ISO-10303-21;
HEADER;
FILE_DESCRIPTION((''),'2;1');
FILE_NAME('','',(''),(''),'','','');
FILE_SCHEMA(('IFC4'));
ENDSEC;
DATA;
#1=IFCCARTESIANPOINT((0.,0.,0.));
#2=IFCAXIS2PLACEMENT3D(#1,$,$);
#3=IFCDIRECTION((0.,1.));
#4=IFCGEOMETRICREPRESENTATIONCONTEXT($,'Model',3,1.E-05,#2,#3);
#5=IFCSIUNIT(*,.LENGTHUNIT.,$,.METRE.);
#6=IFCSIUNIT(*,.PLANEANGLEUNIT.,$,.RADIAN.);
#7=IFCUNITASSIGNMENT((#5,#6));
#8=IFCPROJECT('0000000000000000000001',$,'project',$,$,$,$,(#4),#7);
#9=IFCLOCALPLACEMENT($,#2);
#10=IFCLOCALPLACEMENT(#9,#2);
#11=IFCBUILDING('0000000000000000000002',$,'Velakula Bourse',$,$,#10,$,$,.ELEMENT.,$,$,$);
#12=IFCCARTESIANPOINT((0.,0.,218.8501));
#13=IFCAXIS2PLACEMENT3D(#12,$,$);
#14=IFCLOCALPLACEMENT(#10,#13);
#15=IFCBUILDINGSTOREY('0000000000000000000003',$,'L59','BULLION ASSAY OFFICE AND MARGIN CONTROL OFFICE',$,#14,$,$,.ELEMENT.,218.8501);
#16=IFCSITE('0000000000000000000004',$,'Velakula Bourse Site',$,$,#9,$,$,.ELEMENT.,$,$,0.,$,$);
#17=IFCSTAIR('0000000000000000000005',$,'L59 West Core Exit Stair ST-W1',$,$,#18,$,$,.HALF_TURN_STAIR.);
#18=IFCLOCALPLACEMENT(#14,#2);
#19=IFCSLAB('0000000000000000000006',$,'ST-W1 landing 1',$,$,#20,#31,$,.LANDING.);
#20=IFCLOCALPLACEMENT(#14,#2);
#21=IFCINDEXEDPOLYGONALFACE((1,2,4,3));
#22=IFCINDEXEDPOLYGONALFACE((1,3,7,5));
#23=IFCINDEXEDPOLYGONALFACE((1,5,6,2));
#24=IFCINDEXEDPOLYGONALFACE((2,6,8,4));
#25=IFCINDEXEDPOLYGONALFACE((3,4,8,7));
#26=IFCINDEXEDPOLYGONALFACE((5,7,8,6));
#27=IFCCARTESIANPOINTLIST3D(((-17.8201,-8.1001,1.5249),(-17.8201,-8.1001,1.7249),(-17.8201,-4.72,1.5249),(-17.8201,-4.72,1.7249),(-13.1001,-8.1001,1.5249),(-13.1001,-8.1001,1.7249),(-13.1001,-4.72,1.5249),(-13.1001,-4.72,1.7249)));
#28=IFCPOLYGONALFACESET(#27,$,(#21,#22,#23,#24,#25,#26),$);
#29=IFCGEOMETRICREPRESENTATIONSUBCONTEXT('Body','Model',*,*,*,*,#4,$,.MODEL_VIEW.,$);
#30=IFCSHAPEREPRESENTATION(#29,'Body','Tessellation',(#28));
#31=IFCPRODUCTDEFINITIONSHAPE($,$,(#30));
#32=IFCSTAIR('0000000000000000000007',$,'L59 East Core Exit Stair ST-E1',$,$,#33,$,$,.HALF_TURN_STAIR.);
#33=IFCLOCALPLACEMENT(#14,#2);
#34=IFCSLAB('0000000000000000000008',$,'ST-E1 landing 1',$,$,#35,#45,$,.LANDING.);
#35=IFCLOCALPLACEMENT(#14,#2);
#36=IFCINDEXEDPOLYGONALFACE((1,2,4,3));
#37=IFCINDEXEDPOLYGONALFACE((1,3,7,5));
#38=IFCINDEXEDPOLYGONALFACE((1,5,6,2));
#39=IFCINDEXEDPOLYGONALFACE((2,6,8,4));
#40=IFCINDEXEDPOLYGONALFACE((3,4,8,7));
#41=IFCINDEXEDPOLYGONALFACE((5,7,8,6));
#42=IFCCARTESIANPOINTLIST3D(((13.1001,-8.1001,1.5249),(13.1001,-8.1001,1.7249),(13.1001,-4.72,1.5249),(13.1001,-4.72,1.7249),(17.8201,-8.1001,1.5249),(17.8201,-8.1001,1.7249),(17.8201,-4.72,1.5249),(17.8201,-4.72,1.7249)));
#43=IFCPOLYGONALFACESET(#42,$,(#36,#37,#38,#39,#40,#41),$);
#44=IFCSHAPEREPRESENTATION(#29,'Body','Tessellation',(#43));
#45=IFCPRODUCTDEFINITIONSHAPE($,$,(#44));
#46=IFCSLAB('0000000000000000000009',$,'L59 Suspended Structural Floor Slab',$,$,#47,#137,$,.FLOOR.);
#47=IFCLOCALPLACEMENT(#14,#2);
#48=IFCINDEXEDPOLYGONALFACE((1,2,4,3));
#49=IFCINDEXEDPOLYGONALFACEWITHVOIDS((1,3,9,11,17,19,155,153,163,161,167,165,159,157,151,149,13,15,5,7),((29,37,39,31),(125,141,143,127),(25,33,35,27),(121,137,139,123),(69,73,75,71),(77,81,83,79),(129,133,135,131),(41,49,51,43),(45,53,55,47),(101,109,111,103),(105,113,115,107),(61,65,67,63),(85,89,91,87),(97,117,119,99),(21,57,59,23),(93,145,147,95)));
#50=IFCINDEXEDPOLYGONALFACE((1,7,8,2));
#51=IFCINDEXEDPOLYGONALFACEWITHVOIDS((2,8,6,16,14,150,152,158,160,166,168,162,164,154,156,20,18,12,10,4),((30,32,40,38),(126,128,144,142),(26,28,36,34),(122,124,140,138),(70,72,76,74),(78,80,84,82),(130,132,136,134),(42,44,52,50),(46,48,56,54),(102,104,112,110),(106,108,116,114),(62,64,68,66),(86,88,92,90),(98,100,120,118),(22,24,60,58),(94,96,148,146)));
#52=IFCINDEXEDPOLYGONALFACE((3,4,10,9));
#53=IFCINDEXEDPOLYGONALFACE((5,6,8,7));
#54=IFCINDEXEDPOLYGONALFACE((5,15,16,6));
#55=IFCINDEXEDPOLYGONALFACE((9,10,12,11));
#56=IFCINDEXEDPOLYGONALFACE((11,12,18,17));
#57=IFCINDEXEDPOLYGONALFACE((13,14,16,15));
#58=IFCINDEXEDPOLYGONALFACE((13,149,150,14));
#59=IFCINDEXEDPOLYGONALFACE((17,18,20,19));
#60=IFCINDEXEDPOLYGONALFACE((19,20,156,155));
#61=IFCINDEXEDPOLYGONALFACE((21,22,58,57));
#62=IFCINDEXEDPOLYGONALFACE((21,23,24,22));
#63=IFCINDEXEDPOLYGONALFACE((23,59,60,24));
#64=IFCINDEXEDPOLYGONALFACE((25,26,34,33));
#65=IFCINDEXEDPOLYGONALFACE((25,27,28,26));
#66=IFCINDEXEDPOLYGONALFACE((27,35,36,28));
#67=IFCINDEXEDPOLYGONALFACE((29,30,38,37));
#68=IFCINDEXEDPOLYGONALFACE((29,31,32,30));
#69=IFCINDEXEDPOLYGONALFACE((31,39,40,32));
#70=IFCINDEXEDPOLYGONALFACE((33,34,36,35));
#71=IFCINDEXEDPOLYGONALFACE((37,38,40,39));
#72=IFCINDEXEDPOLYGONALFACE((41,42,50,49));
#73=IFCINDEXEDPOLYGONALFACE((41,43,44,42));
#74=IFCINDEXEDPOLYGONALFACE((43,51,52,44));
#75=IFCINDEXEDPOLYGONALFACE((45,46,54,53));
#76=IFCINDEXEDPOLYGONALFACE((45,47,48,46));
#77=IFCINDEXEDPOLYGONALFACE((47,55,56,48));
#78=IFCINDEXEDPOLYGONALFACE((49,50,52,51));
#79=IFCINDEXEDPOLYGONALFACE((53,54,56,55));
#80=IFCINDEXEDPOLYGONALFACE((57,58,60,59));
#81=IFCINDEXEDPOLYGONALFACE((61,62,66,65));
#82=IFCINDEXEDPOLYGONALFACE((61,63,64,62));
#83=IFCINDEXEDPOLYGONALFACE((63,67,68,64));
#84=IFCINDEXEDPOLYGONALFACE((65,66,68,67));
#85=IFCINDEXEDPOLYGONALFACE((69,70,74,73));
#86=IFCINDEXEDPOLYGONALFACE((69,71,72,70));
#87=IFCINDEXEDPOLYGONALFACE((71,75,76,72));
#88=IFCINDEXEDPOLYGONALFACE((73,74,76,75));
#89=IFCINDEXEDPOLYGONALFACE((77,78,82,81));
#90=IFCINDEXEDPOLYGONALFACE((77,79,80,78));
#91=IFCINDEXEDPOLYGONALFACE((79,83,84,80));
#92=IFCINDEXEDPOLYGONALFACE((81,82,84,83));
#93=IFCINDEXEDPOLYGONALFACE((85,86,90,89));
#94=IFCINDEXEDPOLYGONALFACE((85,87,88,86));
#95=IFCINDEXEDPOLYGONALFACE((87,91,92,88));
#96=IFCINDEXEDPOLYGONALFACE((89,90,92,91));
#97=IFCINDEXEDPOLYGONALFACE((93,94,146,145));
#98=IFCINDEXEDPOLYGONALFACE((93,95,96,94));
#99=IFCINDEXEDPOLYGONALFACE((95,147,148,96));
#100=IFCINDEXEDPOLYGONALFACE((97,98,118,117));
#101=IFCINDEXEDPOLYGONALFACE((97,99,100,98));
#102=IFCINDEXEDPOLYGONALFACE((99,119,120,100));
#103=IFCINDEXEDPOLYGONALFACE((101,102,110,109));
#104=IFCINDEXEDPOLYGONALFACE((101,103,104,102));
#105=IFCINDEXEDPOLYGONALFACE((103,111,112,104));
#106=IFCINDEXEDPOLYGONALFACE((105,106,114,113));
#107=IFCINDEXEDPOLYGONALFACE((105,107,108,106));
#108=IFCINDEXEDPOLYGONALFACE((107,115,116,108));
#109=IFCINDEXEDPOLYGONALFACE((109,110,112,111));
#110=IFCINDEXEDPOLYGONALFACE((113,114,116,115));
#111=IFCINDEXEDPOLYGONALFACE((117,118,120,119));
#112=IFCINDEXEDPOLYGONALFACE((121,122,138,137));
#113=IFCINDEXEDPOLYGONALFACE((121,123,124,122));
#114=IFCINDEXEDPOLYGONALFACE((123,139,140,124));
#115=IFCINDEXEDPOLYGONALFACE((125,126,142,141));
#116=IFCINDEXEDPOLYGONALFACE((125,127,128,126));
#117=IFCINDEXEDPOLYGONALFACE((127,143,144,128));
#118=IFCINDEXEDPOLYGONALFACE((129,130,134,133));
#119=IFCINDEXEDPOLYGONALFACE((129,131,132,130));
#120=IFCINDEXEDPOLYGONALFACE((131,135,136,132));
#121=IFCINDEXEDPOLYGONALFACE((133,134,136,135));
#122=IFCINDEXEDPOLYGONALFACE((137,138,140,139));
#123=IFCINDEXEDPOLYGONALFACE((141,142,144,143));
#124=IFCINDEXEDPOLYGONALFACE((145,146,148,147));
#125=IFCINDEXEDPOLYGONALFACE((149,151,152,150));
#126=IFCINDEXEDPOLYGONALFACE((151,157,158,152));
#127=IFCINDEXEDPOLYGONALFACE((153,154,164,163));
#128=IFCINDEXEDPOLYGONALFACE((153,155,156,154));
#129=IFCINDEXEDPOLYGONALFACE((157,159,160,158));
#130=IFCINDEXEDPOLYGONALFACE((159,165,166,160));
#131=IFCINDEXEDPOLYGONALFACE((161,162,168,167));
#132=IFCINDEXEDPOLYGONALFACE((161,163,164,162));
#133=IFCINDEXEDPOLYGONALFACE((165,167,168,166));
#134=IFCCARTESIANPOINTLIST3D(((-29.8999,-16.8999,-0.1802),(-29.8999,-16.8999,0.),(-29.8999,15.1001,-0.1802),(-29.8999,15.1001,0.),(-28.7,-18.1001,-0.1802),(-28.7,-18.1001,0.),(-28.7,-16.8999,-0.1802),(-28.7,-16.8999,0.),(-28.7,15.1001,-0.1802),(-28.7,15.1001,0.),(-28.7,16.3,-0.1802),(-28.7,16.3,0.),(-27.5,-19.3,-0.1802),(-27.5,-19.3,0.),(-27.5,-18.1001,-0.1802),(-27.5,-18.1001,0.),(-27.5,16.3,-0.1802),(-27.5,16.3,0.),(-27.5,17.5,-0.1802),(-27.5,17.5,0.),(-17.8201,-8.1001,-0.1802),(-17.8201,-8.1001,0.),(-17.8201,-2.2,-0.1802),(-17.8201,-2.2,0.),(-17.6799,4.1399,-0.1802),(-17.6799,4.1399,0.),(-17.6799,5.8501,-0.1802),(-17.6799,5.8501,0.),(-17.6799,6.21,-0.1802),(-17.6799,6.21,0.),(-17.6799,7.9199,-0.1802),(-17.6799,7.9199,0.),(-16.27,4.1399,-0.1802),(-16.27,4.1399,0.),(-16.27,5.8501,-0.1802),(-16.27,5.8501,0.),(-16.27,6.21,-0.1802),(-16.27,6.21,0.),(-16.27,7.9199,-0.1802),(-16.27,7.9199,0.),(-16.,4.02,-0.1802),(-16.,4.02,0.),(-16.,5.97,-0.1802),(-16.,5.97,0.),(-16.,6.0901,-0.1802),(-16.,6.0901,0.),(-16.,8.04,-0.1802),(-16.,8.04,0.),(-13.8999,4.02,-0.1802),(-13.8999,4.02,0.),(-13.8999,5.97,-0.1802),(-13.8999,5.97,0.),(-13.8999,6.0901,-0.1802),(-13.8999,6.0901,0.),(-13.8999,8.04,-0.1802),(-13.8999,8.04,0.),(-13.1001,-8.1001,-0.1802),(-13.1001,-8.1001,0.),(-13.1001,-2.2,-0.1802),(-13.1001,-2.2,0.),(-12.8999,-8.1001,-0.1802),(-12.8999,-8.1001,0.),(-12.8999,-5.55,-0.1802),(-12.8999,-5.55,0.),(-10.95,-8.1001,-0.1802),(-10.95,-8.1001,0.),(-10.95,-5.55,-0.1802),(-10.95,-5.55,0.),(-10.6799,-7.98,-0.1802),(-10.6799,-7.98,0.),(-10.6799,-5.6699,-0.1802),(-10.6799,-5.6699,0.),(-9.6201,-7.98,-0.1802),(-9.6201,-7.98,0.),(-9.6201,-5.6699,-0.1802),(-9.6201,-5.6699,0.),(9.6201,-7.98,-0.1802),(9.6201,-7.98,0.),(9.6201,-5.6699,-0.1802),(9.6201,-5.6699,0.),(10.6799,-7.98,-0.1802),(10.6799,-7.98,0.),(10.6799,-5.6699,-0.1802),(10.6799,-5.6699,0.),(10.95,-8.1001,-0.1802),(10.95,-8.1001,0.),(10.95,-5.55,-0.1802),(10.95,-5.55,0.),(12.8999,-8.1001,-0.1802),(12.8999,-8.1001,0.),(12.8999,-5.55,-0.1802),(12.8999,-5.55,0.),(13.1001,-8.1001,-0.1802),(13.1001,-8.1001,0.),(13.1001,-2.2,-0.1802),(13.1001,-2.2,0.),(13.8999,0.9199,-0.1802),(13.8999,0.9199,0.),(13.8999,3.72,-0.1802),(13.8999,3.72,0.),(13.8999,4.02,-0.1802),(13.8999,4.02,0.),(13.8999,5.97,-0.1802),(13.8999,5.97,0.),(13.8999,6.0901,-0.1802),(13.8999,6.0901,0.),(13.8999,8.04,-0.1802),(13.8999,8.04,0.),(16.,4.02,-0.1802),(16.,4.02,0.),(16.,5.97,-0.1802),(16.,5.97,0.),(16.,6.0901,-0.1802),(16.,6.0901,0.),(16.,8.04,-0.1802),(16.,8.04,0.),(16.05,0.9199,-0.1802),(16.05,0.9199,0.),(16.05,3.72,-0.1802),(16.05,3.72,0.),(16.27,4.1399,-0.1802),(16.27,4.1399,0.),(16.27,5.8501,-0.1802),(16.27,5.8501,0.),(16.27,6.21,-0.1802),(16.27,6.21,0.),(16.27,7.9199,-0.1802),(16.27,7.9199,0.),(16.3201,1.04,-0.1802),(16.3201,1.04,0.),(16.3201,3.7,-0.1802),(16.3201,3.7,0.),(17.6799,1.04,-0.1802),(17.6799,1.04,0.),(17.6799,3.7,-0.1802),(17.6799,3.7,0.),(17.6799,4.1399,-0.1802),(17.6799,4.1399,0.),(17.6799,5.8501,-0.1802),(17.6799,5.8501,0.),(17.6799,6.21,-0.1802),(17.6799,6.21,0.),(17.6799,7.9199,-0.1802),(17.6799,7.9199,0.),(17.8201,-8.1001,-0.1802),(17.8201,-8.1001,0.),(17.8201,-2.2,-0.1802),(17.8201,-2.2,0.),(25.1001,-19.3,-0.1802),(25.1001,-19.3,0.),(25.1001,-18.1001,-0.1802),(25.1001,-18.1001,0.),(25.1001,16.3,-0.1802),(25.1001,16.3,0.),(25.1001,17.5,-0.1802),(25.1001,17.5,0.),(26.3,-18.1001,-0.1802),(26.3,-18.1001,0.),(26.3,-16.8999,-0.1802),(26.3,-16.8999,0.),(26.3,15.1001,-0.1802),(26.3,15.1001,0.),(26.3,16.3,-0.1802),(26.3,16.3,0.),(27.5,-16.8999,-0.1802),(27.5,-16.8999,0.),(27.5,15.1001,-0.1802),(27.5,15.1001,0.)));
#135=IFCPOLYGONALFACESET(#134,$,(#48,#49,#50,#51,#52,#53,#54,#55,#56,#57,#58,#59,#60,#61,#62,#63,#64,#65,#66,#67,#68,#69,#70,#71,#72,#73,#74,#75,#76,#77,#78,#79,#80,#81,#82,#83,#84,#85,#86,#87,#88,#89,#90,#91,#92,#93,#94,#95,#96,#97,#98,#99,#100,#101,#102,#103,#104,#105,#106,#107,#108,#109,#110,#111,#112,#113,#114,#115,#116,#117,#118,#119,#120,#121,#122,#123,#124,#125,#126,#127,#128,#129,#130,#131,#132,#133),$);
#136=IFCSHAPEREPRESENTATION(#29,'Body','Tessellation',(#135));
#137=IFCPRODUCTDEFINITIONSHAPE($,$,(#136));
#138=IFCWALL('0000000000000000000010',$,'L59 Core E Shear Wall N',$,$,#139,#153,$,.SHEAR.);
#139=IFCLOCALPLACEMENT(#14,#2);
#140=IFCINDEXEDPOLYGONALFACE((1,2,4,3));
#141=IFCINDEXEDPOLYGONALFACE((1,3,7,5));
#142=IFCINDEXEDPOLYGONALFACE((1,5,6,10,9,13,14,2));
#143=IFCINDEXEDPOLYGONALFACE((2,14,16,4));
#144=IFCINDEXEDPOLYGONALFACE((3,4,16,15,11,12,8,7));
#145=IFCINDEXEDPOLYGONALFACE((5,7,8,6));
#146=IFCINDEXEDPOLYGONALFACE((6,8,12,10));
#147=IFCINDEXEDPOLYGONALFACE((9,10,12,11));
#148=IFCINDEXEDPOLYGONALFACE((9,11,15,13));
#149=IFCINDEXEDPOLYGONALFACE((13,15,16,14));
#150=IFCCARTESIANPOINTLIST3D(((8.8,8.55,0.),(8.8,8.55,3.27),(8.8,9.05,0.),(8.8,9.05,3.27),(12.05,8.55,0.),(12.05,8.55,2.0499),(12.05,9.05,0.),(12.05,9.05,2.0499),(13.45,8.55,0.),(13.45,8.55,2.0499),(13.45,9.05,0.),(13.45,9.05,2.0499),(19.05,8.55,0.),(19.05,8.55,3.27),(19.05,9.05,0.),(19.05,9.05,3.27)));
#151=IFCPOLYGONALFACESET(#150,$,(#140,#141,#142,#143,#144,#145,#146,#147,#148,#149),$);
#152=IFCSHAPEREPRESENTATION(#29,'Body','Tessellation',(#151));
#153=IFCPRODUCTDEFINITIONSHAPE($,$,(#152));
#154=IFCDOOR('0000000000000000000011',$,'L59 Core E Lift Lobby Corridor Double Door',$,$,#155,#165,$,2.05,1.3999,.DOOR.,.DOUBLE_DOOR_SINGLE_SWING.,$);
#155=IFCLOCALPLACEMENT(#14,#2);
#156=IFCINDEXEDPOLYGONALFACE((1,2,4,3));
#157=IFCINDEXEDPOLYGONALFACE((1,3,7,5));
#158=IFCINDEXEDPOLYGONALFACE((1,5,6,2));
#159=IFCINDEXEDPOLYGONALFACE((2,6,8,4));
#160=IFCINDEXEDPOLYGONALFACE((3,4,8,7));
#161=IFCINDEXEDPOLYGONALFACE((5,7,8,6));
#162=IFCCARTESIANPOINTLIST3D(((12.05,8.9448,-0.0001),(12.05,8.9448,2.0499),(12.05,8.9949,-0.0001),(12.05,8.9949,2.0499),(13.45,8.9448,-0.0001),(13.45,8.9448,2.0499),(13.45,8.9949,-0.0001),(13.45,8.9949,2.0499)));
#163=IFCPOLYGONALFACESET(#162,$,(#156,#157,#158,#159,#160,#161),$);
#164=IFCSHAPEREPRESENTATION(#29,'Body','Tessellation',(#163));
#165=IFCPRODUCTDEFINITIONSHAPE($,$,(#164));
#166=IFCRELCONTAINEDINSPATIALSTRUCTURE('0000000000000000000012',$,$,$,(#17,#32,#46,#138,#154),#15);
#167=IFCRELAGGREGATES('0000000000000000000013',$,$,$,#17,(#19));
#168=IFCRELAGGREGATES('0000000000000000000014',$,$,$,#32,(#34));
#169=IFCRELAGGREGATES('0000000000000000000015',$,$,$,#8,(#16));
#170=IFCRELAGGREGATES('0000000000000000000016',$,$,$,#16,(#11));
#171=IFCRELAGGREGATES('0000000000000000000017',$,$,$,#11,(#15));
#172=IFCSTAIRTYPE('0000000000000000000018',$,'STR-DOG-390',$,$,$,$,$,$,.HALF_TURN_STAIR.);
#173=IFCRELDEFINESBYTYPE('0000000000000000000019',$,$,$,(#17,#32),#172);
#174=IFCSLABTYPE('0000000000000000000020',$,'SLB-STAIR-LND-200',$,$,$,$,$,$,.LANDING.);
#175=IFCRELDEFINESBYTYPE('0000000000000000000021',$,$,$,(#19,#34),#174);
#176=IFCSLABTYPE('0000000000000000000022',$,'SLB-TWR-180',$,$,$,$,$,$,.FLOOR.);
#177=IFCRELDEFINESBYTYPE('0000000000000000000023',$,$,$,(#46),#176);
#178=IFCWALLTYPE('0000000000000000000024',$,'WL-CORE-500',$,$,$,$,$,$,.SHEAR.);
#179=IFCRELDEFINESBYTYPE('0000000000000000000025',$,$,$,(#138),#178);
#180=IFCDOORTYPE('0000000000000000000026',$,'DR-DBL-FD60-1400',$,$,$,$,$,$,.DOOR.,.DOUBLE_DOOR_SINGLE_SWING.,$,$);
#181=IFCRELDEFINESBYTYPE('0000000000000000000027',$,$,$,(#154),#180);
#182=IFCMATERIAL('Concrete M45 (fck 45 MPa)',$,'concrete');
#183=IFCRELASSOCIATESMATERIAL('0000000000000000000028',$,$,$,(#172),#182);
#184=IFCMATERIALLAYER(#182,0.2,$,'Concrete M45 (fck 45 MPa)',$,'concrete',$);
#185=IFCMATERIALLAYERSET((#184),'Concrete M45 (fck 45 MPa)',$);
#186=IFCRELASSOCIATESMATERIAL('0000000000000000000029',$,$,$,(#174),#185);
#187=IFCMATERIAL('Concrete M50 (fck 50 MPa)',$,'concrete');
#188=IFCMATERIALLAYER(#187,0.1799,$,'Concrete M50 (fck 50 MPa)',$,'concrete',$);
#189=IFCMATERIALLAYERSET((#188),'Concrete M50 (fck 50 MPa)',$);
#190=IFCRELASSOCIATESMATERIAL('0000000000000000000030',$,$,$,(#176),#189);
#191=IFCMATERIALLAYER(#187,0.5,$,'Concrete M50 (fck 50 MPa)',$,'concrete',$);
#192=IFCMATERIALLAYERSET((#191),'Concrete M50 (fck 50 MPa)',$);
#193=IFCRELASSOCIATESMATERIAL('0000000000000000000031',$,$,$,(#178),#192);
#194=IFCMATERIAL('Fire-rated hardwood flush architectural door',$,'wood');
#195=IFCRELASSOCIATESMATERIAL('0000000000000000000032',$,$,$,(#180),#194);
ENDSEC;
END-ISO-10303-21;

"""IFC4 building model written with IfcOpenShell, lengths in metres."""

from ifc_helpers import new_model, si_unit, direction, frame, frame_2d, origin, place, context, subcontext, project, spatial, polyline, rectangle, outline, extrude, material, layer, layer_set, type_object, element, fill, aggregate, save


model = new_model("IFC4")

# Units and contexts
model_context = context("Model", 3, precision=1e-05, world=origin(), true_north=direction((0.0, 1.0)))
body_context = subcontext(model_context, "Body", "Model", "MODEL_VIEW")
ifc_project = project(units=[si_unit("LENGTHUNIT", "METRE"), si_unit("PLANEANGLEUNIT", "RADIAN")], contexts=[model_context])

# Site, building, storey
site_placement = place(None, origin())
site = spatial("IfcSite", under=ifc_project, at=site_placement, Name="Velakula Bourse Site", CompositionType="ELEMENT", RefElevation=0.0)
building_placement = place(site_placement, origin())
building = spatial("IfcBuilding", under=site, at=building_placement, Name="Velakula Bourse", CompositionType="ELEMENT")
storey_placement = place(building_placement, frame((0.0, 0.0, 218.8501)))
storey = spatial("IfcBuildingStorey", under=building, at=storey_placement, Name="L59", Description="BULLION ASSAY OFFICE AND MARGIN CONTROL OFFICE", CompositionType="ELEMENT", Elevation=218.8501)

# Shared definitions
ifc_material_1 = material(Name="Concrete M50 (fck 50 MPa)", Category="concrete")

# Stairs, slabs
ifc_material_2 = material(Name="Concrete M45 (fck 45 MPa)", Category="concrete")
stair_type = type_object("IfcStairType", Name="STR-DOG-390", PredefinedType="HALF_TURN_STAIR", material=ifc_material_2)
stair_1_placement = place(storey_placement, origin())
stair_1 = element("IfcStair", 1, at=stair_1_placement, inside=storey, type_object=stair_type, Name="L59 West Core Exit Stair ST-W1", PredefinedType="HALF_TURN_STAIR")
ifc_layer_1 = layer(ifc_material_2, 0.2, Name="Concrete M45 (fck 45 MPa)", Category="concrete")
ifc_layer_set_1 = layer_set([ifc_layer_1], Name="Concrete M45 (fck 45 MPa)")
slab_type_1 = type_object("IfcSlabType", Name="SLB-STAIR-LND-200", PredefinedType="LANDING", material=ifc_layer_set_1)
slab_1_placement = place(storey_placement, frame((0.0, 0.0, 1.5249)))
slab_1 = element("IfcSlab", 2, at=slab_1_placement, type_object=slab_type_1, Name="ST-W1 landing 1", PredefinedType="LANDING", context=body_context, shape_type="SweptSolid", body=[
    extrude(outline(polyline([(-17.8201, -4.72), (-17.8201, -8.1001), (-13.1001, -8.1001), (-13.1001, -4.72), (-17.8201, -4.72)])), origin(), (0.0, 0.0, 1.0), 0.2),
])
aggregate(stair_1, [slab_1])
stair_2_placement = place(storey_placement, origin())
stair_2 = element("IfcStair", 3, at=stair_2_placement, inside=storey, type_object=stair_type, Name="L59 East Core Exit Stair ST-E1", PredefinedType="HALF_TURN_STAIR")
slab_2_placement = place(storey_placement, frame((0.0, 0.0, 1.5249)))
slab_2 = element("IfcSlab", 4, at=slab_2_placement, type_object=slab_type_1, Name="ST-E1 landing 1", PredefinedType="LANDING", context=body_context, shape_type="SweptSolid", body=[
    extrude(outline(polyline([(13.1001, -4.72), (13.1001, -8.1001), (17.8201, -8.1001), (17.8201, -4.72), (13.1001, -4.72)])), origin(), (0.0, 0.0, 1.0), 0.2),
])
aggregate(stair_2, [slab_2])

# Slab
ifc_layer_2 = layer(ifc_material_1, 0.1799, Name="Concrete M50 (fck 50 MPa)", Category="concrete")
ifc_layer_set_2 = layer_set([ifc_layer_2], Name="Concrete M50 (fck 50 MPa)")
slab_type_2 = type_object("IfcSlabType", Name="SLB-TWR-180", PredefinedType="FLOOR", material=ifc_layer_set_2)
slab_3_placement = place(storey_placement, frame((0.0, 0.0, -0.1802)))
element("IfcSlab", 5, at=slab_3_placement, inside=storey, type_object=slab_type_2, Name="L59 Suspended Structural Floor Slab", PredefinedType="FLOOR", context=body_context, shape_type="SweptSolid", body=[
    extrude(outline(polyline([(-27.5, -19.3), (25.1001, -19.3), (25.1001, -18.1001), (26.3, -18.1001), (26.3, -16.8999), (27.5, -16.8999), (27.5, 15.1001), (26.3, 15.1001), (26.3, 16.3), (25.1001, 16.3), (25.1001, 17.5), (-27.5, 17.5), (-27.5, 16.3), (-28.7, 16.3), (-28.7, 15.1001), (-29.8999, 15.1001), (-29.8999, -16.8999), (-28.7, -16.8999), (-28.7, -18.1001), (-27.5, -18.1001), (-27.5, -19.3)]), holes=[polyline([(-17.8201, -8.1001), (-13.1001, -8.1001), (-13.1001, -2.2), (-17.8201, -2.2), (-17.8201, -8.1001)]), polyline([(13.1001, -8.1001), (17.8201, -8.1001), (17.8201, -2.2), (13.1001, -2.2), (13.1001, -8.1001)]), polyline([(-12.8999, -8.1001), (-10.95, -8.1001), (-10.95, -5.55), (-12.8999, -5.55), (-12.8999, -8.1001)]), polyline([(10.95, -8.1001), (12.8999, -8.1001), (12.8999, -5.55), (10.95, -5.55), (10.95, -8.1001)]), polyline([(13.8999, 0.9199), (16.05, 0.9199), (16.05, 3.72), (13.8999, 3.72), (13.8999, 0.9199)]), polyline([(-10.6799, -7.98), (-9.6201, -7.98), (-9.6201, -5.6699), (-10.6799, -5.6699), (-10.6799, -7.98)]), polyline([(-17.6799, 4.1399), (-16.27, 4.1399), (-16.27, 5.8501), (-17.6799, 5.8501), (-17.6799, 4.1399)]), polyline([(-17.6799, 6.21), (-16.27, 6.21), (-16.27, 7.9199), (-17.6799, 7.9199), (-17.6799, 6.21)]), polyline([(9.6201, -7.98), (10.6799, -7.98), (10.6799, -5.6699), (9.6201, -5.6699), (9.6201, -7.98)]), polyline([(16.27, 4.1399), (17.6799, 4.1399), (17.6799, 5.8501), (16.27, 5.8501), (16.27, 4.1399)]), polyline([(16.27, 6.21), (17.6799, 6.21), (17.6799, 7.9199), (16.27, 7.9199), (16.27, 6.21)]), polyline([(16.3201, 1.04), (17.6799, 1.04), (17.6799, 3.7), (16.3201, 3.7), (16.3201, 1.04)]), polyline([(-16.0, 4.02), (-13.8999, 4.02), (-13.8999, 5.97), (-16.0, 5.97), (-16.0, 4.02)]), polyline([(-16.0, 6.0901), (-13.8999, 6.0901), (-13.8999, 8.04), (-16.0, 8.04), (-16.0, 6.0901)]), polyline([(13.8999, 4.02), (16.0, 4.02), (16.0, 5.97), (13.8999, 5.97), (13.8999, 4.02)]), polyline([(13.8999, 6.0901), (16.0, 6.0901), (16.0, 8.04), (13.8999, 8.04), (13.8999, 6.0901)])]), origin(), (0.0, 0.0, 1.0), 0.1802),
])

# Wall, opening, door
ifc_layer_3 = layer(ifc_material_1, 0.5, Name="Concrete M50 (fck 50 MPa)", Category="concrete")
ifc_layer_set_3 = layer_set([ifc_layer_3], Name="Concrete M50 (fck 50 MPa)")
wall_type_1 = type_object("IfcWallType", Name="WL-CORE-500", PredefinedType="SHEAR", material=ifc_layer_set_3)
wall_1_placement = place(storey_placement, frame((8.8, 8.8, 0.0), z_axis=(0.0, 0.0, 1.0), x_axis=(1.0, 0.0, 0.0)))
wall_1 = element("IfcWall", 6, at=wall_1_placement, inside=storey, type_object=wall_type_1, Name="L59 Core E Shear Wall N", PredefinedType="SHEAR", context=body_context, shape_type="SweptSolid", body=[
    extrude(rectangle(XDim=10.25, YDim=0.5, at=frame_2d((5.125, 0.0))), origin(), (0.0, 0.0, 1.0), 3.27),
])
opening_1_placement = place(wall_1_placement, frame((3.25, 0.0, 0.0)))
opening_1 = element("IfcOpeningElement", 7, at=opening_1_placement, cuts=wall_1, PredefinedType="OPENING", context=body_context, shape_type="SweptSolid", body=[
    extrude(rectangle(XDim=1.3999, YDim=2.05, at=frame_2d((0.7, 1.0249))), frame((0.0, 0.26, 0.0), z_axis=(0.0, -1.0, 0.0), x_axis=(1.0, 0.0, 0.0)), (0.0, 0.0, 1.0), 0.52),
])
ifc_material_3 = material(Name="Fire-rated hardwood flush architectural door", Category="wood")
door_type = type_object("IfcDoorType", Name="DR-DBL-FD60-1400", OperationType="DOUBLE_DOOR_SINGLE_SWING", PredefinedType="DOOR", material=ifc_material_3)
door_placement = place(opening_1_placement, origin())
door = element("IfcDoor", 8, at=door_placement, inside=storey, type_object=door_type, Name="L59 Core E Lift Lobby Corridor Double Door", OperationType="DOUBLE_DOOR_SINGLE_SWING", OverallHeight=2.05, OverallWidth=1.3999, PredefinedType="DOOR", context=body_context, shape_type="SweptSolid", body=[
    extrude(rectangle(XDim=1.3999, YDim=2.05, at=frame_2d((0.7, 1.0249))), frame((0.0, 0.1948, 0.0), z_axis=(0.0, -1.0, 0.0), x_axis=(1.0, 0.0, 0.0)), (0.0, 0.0, 1.0), 0.05),
])
fill(opening_1, door)

save(model, "model.ifc")
